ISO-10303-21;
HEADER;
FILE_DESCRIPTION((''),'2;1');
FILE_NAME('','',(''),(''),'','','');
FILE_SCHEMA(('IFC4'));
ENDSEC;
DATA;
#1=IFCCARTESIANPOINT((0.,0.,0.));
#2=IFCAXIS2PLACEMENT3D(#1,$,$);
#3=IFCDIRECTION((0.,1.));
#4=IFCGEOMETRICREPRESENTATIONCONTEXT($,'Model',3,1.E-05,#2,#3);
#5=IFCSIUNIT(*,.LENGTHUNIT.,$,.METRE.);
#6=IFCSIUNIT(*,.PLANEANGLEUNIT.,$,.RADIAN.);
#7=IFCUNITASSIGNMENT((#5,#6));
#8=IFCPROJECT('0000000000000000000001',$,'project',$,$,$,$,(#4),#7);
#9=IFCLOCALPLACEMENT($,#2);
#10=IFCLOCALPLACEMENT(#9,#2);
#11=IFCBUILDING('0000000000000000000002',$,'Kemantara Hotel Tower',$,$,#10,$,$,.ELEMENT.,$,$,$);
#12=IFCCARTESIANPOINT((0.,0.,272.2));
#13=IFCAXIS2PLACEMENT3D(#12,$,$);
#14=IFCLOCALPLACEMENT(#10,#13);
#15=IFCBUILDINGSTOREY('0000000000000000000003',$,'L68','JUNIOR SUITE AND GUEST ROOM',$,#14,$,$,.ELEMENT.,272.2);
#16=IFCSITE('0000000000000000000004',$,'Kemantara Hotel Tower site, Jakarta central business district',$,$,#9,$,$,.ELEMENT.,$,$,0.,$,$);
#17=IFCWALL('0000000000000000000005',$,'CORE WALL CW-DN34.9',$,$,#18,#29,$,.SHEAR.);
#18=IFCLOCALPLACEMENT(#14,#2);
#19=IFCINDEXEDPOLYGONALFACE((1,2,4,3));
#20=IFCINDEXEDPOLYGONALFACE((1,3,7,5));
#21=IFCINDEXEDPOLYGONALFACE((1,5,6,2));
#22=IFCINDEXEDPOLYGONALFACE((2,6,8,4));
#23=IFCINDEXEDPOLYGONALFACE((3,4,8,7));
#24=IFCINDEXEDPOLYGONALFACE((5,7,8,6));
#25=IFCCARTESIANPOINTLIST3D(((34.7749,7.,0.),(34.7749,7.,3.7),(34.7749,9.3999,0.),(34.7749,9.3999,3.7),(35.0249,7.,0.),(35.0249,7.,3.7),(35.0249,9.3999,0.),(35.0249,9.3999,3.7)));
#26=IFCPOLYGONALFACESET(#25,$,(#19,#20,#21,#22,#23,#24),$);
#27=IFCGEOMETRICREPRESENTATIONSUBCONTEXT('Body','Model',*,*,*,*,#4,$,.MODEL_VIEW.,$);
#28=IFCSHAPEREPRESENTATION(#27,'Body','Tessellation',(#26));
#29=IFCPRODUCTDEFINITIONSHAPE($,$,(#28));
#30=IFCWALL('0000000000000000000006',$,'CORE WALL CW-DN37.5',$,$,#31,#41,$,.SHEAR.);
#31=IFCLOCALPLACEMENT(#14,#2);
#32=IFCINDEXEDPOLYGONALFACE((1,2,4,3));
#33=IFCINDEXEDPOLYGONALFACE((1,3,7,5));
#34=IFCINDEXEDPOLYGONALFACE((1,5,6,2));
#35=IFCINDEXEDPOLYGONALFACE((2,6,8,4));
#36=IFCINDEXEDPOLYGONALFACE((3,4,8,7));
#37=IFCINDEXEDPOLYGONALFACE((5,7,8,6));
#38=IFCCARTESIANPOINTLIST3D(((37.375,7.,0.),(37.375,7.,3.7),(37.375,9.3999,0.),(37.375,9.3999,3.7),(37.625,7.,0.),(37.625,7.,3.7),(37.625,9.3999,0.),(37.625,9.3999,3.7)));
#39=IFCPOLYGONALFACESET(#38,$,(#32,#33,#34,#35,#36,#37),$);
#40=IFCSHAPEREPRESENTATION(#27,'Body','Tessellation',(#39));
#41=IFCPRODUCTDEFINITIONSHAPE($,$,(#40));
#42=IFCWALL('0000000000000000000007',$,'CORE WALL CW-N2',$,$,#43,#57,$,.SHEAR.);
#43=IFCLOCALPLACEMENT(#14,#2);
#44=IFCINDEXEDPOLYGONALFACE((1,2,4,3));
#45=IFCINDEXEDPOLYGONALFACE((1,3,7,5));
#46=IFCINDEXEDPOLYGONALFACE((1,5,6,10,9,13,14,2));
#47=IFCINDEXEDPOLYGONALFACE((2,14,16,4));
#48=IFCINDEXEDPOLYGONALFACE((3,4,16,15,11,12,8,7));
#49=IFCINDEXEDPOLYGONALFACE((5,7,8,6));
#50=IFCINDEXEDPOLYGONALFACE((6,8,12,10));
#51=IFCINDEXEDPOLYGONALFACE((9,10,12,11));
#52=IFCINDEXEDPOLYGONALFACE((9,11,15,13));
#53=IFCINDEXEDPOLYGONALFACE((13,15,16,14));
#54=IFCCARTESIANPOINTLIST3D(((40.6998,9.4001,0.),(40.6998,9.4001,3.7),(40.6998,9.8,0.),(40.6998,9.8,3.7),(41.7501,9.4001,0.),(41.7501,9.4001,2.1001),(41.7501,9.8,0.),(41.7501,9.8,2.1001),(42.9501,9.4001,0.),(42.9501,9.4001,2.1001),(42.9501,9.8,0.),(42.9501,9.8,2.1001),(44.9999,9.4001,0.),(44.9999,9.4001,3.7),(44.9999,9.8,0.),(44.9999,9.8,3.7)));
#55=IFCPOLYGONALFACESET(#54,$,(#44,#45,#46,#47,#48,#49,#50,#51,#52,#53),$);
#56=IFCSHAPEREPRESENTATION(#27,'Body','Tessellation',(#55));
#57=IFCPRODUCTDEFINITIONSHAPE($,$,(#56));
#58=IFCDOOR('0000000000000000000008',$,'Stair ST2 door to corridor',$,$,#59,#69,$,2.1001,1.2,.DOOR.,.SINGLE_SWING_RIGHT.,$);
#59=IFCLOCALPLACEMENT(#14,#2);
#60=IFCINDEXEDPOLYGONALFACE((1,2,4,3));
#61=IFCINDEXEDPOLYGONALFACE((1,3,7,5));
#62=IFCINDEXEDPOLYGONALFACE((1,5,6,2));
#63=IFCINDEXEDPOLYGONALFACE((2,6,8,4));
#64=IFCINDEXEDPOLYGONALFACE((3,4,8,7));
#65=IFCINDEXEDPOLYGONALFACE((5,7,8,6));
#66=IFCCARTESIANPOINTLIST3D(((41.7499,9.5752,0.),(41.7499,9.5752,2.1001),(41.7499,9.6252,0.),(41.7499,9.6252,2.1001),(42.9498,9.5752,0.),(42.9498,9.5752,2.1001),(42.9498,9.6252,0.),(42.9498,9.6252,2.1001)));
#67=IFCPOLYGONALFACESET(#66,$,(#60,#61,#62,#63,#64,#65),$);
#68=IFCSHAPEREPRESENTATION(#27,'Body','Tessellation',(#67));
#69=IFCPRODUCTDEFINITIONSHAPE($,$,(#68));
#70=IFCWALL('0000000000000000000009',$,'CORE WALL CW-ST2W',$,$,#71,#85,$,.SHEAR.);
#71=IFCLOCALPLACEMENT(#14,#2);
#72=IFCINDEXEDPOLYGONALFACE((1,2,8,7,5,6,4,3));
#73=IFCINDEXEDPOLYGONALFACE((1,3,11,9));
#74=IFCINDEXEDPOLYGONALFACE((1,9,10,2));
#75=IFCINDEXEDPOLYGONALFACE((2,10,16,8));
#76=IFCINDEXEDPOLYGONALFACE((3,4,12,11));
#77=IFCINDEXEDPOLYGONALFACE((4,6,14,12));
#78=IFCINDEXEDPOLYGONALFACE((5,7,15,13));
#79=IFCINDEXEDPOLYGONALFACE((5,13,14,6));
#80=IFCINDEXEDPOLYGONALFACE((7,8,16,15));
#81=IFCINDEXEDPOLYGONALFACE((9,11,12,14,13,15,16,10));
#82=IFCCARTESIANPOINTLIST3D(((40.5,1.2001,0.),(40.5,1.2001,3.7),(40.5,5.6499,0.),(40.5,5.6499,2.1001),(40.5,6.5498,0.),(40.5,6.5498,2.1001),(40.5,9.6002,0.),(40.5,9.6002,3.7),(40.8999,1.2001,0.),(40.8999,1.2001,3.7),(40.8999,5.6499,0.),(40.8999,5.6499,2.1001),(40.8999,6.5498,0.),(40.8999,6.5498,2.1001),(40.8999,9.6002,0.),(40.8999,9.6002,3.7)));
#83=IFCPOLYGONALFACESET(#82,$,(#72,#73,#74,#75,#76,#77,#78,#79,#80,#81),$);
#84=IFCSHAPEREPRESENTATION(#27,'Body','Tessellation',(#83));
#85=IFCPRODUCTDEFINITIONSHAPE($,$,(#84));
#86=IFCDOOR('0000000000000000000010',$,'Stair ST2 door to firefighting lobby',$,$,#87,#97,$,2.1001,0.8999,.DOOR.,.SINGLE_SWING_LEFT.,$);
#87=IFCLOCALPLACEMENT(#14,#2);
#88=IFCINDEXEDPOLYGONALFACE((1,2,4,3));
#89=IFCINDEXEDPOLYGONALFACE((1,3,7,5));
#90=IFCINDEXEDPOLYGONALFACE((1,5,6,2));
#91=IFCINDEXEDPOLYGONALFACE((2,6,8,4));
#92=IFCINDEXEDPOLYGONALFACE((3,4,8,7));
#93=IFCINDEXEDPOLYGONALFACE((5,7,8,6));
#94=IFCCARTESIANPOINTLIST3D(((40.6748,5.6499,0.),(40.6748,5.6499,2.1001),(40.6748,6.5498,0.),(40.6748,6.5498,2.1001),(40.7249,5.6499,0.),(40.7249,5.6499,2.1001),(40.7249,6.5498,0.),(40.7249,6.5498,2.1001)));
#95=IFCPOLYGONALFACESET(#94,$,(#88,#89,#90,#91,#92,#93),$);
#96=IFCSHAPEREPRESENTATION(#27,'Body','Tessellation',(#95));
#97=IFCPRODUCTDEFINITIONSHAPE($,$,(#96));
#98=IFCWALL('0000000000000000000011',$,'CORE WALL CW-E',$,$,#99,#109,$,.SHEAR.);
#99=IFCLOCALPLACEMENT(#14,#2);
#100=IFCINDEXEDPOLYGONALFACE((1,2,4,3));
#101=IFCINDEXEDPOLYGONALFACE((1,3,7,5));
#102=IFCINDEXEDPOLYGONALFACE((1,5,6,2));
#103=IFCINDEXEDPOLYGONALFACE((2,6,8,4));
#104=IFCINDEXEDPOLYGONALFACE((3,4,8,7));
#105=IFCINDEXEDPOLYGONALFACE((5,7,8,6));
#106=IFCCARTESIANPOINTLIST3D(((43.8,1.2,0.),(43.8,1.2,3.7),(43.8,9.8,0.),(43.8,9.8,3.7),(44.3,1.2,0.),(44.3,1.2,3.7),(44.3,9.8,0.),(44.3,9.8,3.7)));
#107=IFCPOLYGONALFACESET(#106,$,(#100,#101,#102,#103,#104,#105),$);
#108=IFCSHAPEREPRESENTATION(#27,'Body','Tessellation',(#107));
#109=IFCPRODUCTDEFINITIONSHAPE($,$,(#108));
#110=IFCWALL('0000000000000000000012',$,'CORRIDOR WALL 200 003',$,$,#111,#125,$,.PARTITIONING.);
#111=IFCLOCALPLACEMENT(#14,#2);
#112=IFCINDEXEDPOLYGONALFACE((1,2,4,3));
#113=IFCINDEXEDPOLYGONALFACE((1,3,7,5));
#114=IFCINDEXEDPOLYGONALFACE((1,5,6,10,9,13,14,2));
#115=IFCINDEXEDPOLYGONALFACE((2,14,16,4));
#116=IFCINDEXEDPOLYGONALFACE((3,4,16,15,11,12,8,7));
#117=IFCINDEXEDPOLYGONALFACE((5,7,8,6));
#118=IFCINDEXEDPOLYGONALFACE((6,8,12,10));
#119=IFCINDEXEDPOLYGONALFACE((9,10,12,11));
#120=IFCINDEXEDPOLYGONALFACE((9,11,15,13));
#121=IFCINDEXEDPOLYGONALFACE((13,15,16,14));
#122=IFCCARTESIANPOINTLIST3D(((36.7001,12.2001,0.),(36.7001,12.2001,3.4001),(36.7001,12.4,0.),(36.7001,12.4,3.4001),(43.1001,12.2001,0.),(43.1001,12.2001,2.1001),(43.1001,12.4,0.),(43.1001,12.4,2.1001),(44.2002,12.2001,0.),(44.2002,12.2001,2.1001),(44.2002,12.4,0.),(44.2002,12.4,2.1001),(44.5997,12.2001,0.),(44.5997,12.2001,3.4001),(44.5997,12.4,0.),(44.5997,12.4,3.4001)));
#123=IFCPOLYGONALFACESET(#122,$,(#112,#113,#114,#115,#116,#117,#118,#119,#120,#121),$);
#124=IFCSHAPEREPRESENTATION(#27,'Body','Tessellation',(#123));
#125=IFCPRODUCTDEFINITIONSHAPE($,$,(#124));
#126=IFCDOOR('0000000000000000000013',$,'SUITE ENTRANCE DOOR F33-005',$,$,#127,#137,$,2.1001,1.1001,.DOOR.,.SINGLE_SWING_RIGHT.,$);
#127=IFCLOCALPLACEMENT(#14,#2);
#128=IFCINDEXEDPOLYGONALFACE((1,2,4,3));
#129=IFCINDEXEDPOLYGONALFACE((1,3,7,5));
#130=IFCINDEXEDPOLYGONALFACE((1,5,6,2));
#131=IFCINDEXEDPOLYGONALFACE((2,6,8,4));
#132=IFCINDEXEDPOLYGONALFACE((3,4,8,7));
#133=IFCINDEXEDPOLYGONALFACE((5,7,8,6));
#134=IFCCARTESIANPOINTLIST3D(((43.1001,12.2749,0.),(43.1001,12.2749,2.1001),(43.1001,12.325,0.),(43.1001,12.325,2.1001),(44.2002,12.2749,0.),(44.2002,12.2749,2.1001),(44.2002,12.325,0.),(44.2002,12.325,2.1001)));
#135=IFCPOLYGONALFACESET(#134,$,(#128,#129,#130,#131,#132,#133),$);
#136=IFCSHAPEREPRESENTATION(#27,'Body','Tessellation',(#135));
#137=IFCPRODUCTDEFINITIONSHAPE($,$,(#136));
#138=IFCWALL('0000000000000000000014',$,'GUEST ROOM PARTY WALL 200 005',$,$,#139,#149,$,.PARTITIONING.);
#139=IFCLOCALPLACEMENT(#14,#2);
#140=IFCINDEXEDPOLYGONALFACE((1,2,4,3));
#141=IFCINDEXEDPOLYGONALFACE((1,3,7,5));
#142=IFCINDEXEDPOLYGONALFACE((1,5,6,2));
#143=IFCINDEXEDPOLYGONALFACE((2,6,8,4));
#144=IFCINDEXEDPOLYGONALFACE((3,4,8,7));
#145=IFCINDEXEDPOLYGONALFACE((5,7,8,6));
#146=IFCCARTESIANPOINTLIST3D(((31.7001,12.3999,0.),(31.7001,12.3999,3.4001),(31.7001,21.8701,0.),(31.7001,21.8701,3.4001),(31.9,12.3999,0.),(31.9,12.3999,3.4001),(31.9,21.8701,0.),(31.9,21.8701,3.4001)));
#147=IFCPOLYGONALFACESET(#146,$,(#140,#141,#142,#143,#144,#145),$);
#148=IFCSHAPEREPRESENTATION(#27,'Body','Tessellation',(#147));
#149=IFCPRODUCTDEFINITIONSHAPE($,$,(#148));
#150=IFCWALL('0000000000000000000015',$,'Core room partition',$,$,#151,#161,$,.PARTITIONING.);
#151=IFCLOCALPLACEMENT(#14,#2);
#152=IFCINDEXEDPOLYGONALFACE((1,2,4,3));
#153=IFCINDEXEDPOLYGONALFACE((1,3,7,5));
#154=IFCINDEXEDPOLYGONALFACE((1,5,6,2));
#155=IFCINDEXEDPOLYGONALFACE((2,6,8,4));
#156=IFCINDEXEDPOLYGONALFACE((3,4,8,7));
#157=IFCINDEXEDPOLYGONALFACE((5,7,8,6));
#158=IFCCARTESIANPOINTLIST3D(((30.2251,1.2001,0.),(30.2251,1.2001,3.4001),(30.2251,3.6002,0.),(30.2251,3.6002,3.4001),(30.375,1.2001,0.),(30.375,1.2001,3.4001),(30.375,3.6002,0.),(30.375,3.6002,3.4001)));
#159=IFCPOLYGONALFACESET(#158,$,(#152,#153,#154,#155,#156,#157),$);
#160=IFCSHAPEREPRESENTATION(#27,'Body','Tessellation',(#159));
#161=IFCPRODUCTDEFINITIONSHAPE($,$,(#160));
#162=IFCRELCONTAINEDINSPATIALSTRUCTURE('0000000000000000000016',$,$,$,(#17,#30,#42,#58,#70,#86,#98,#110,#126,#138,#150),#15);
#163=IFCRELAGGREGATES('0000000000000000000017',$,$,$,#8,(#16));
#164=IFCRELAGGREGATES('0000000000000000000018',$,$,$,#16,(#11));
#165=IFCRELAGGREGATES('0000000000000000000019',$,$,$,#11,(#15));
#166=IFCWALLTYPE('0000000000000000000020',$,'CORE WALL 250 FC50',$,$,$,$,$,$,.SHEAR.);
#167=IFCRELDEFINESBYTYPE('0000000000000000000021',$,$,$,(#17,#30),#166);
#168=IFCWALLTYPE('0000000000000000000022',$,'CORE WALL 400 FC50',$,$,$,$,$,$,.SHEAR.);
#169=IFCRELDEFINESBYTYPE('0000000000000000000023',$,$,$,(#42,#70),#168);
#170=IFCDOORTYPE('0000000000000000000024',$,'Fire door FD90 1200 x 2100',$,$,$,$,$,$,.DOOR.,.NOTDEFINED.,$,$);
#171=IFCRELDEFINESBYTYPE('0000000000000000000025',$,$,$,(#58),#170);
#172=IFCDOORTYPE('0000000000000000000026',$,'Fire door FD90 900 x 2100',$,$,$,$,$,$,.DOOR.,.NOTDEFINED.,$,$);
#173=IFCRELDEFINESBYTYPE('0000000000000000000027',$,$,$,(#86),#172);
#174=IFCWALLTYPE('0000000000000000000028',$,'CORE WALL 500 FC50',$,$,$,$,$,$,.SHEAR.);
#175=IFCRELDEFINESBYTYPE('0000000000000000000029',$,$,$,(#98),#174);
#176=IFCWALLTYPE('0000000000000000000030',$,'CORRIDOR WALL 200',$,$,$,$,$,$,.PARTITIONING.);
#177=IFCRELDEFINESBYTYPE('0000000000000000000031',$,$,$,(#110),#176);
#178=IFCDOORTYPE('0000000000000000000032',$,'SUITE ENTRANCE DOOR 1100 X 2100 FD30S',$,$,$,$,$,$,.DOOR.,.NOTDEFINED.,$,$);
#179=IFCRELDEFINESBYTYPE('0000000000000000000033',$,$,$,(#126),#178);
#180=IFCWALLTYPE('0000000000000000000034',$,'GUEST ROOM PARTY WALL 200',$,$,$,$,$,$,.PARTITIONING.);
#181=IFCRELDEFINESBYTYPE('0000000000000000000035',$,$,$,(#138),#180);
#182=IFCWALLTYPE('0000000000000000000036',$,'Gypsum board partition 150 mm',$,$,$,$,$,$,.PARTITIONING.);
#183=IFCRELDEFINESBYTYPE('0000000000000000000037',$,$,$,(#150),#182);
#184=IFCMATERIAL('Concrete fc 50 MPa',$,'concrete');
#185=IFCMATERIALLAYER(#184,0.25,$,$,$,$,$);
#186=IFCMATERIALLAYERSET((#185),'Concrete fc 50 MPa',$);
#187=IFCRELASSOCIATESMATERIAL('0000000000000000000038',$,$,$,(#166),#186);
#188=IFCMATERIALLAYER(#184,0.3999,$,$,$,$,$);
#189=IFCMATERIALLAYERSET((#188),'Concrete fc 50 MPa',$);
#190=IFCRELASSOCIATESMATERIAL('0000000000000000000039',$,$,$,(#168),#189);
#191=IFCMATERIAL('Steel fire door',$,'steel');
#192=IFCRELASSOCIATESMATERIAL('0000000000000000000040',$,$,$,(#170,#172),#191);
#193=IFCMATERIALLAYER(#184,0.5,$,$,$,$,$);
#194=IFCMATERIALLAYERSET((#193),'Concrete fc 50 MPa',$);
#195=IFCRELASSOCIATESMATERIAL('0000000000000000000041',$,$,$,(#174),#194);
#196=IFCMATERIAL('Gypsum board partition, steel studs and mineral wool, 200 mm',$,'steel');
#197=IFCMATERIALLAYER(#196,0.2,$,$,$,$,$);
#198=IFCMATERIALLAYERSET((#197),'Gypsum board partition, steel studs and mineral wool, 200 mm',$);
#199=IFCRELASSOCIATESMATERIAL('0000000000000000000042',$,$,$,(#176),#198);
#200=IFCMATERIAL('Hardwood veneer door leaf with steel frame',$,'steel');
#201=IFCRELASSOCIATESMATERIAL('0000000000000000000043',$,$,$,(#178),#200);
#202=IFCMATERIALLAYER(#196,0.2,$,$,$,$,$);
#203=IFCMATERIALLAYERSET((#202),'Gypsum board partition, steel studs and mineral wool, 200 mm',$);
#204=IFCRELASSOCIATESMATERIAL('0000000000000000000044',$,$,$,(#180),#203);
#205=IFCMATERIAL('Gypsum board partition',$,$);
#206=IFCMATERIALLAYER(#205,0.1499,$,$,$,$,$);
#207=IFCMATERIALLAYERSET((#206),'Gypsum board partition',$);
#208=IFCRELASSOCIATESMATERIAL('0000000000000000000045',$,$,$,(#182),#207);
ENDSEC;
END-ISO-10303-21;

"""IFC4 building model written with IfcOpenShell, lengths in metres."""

from ifc_helpers import new_model, si_unit, direction, frame, frame_2d, origin, place, context, subcontext, project, spatial, rectangle, extrude, material, layer, layer_set, type_object, element, fill, save


model = new_model("IFC4")

# Units and contexts
model_context = context("Model", 3, precision=1e-05, world=origin(), true_north=direction((0.0, 1.0)))
body_context = subcontext(model_context, "Body", "Model", "MODEL_VIEW")
ifc_project = project(units=[si_unit("LENGTHUNIT", "METRE"), si_unit("PLANEANGLEUNIT", "RADIAN")], contexts=[model_context])

# Site, building, storey
site_placement = place(None, origin())
site = spatial("IfcSite", under=ifc_project, at=site_placement, Name="Kemantara Hotel Tower site, Jakarta central business district", CompositionType="ELEMENT", RefElevation=0.0)
building_placement = place(site_placement, origin())
building = spatial("IfcBuilding", under=site, at=building_placement, Name="Kemantara Hotel Tower", CompositionType="ELEMENT")
storey_placement = place(building_placement, frame((0.0, 0.0, 272.2)))
storey = spatial("IfcBuildingStorey", under=building, at=storey_placement, Name="L68", Description="JUNIOR SUITE AND GUEST ROOM", CompositionType="ELEMENT", Elevation=272.2)

# Shared definitions
ifc_material_1 = material(Name="Concrete fc 50 MPa", Category="concrete")

# Walls
ifc_layer_1 = layer(ifc_material_1, 0.25)
ifc_layer_set_1 = layer_set([ifc_layer_1], Name="Concrete fc 50 MPa")
wall_type_1 = type_object("IfcWallType", Name="CORE WALL 250 FC50", PredefinedType="SHEAR", material=ifc_layer_set_1)
for number, where, z_axis, x_axis, name in (
    (1, (34.8999, 7.0, 0.0), (0.0, 0.0, 1.0), (0.0, 1.0, 0.0), "CORE WALL CW-DN34.9"),
    (2, (37.5, 7.0, 0.0), (0.0, 0.0, 1.0), (0.0, 1.0, 0.0), "CORE WALL CW-DN37.5"),
):
    element("IfcWall", number, at=place(storey_placement, frame(where, z_axis=z_axis, x_axis=x_axis)), inside=storey, type_object=wall_type_1, Name=name, PredefinedType="SHEAR", context=body_context, shape_type="SweptSolid", body=[
        extrude(rectangle(XDim=2.3999, YDim=0.25, at=frame_2d((1.2, 0.0))), origin(), (0.0, 0.0, 1.0), 3.7),
    ])

# Walls, openings, doors
ifc_layer_2 = layer(ifc_material_1, 0.3999)
ifc_layer_set_2 = layer_set([ifc_layer_2], Name="Concrete fc 50 MPa")
wall_type_2 = type_object("IfcWallType", Name="CORE WALL 400 FC50", PredefinedType="SHEAR", material=ifc_layer_set_2)
wall_1_placement = place(storey_placement, frame((40.7, 9.6001, 0.0), z_axis=(0.0, 0.0, 1.0), x_axis=(1.0, 0.0, 0.0)))
wall_1 = element("IfcWall", 3, at=wall_1_placement, inside=storey, type_object=wall_type_2, Name="CORE WALL CW-N2", PredefinedType="SHEAR", context=body_context, shape_type="SweptSolid", body=[
    extrude(rectangle(XDim=4.3, YDim=0.3999, at=frame_2d((2.1499, 0.0))), origin(), (0.0, 0.0, 1.0), 3.7),
])
opening_1_placement = place(wall_1_placement, frame((1.05, 0.0, 0.0)))
opening_1 = element("IfcOpeningElement", 4, at=opening_1_placement, cuts=wall_1, PredefinedType="OPENING", context=body_context, shape_type="SweptSolid", body=[
    extrude(rectangle(XDim=1.2, YDim=2.1001, at=frame_2d((0.6001, 1.05))), frame((0.0, 0.21, 0.0), z_axis=(0.0, -1.0, 0.0), x_axis=(1.0, 0.0, 0.0)), (0.0, 0.0, 1.0), 0.4199),
])
ifc_material_2 = material(Name="Steel fire door", Category="steel")
door_type_1 = type_object("IfcDoorType", Name="Fire door FD90 1200 x 2100", OperationType="NOTDEFINED", PredefinedType="DOOR", material=ifc_material_2)
door_1_placement = place(opening_1_placement, frame((1.2, 0.0, 0.0), z_axis=(0.0, 0.0, 1.0), x_axis=(-1.0, 0.0, 0.0)))
door_1 = element("IfcDoor", 5, at=door_1_placement, inside=storey, type_object=door_type_1, Name="Stair ST2 door to corridor", OperationType="SINGLE_SWING_RIGHT", OverallHeight=2.1001, OverallWidth=1.2, PredefinedType="DOOR", context=body_context, shape_type="SweptSolid", body=[
    extrude(rectangle(XDim=1.2, YDim=2.1001, at=frame_2d((0.6001, 1.05))), frame((0.0, 0.0249, 0.0), z_axis=(0.0, -1.0, 0.0), x_axis=(1.0, 0.0, 0.0)), (0.0, 0.0, 1.0), 0.05),
])
fill(opening_1, door_1)
wall_2_placement = place(storey_placement, frame((40.7, 1.2, 0.0), z_axis=(0.0, 0.0, 1.0), x_axis=(0.0, 1.0, 0.0)))
wall_2 = element("IfcWall", 6, at=wall_2_placement, inside=storey, type_object=wall_type_2, Name="CORE WALL CW-ST2W", PredefinedType="SHEAR", context=body_context, shape_type="SweptSolid", body=[
    extrude(rectangle(XDim=8.4001, YDim=0.3999, at=frame_2d((4.2002, 0.0))), origin(), (0.0, 0.0, 1.0), 3.7),
])
opening_2_placement = place(wall_2_placement, frame((4.45, 0.0, 0.0)))
opening_2 = element("IfcOpeningElement", 7, at=opening_2_placement, cuts=wall_2, PredefinedType="OPENING", context=body_context, shape_type="SweptSolid", body=[
    extrude(rectangle(XDim=0.8999, YDim=2.1001, at=frame_2d((0.45, 1.05))), frame((0.0, 0.21, 0.0), z_axis=(0.0, -1.0, 0.0), x_axis=(1.0, 0.0, 0.0)), (0.0, 0.0, 1.0), 0.4199),
])
door_type_2 = type_object("IfcDoorType", Name="Fire door FD90 900 x 2100", OperationType="NOTDEFINED", PredefinedType="DOOR", material=ifc_material_2)
door_2_placement = place(opening_2_placement, frame((0.8999, 0.0, 0.0), z_axis=(0.0, 0.0, 1.0), x_axis=(-1.0, 0.0, 0.0)))
door_2 = element("IfcDoor", 8, at=door_2_placement, inside=storey, type_object=door_type_2, Name="Stair ST2 door to firefighting lobby", OperationType="SINGLE_SWING_LEFT", OverallHeight=2.1001, OverallWidth=0.8999, PredefinedType="DOOR", context=body_context, shape_type="SweptSolid", body=[
    extrude(rectangle(XDim=0.8999, YDim=2.1001, at=frame_2d((0.45, 1.05))), frame((0.0, 0.0249, 0.0), z_axis=(0.0, -1.0, 0.0), x_axis=(1.0, 0.0, 0.0)), (0.0, 0.0, 1.0), 0.05),
])
fill(opening_2, door_2)

# Wall
ifc_layer_3 = layer(ifc_material_1, 0.5)
ifc_layer_set_3 = layer_set([ifc_layer_3], Name="Concrete fc 50 MPa")
wall_type_3 = type_object("IfcWallType", Name="CORE WALL 500 FC50", PredefinedType="SHEAR", material=ifc_layer_set_3)
wall_3_placement = place(storey_placement, frame((44.05, 1.2, 0.0), z_axis=(0.0, 0.0, 1.0), x_axis=(0.0, 1.0, 0.0)))
element("IfcWall", 9, at=wall_3_placement, inside=storey, type_object=wall_type_3, Name="CORE WALL CW-E", PredefinedType="SHEAR", context=body_context, shape_type="SweptSolid", body=[
    extrude(rectangle(XDim=8.6001, YDim=0.5, at=frame_2d((4.3, 0.0))), origin(), (0.0, 0.0, 1.0), 3.7),
])

# Wall, opening, door
ifc_material_3 = material(Name="Gypsum board partition, steel studs and mineral wool, 200 mm", Category="steel")
ifc_layer_4 = layer(ifc_material_3, 0.2)
ifc_layer_set_4 = layer_set([ifc_layer_4], Name="Gypsum board partition, steel studs and mineral wool, 200 mm")
wall_type_4 = type_object("IfcWallType", Name="CORRIDOR WALL 200", PredefinedType="PARTITIONING", material=ifc_layer_set_4)
wall_4_placement = place(storey_placement, frame((36.7002, 12.3, 0.0), z_axis=(0.0, 0.0, 1.0), x_axis=(1.0, 0.0, 0.0)))
wall_4 = element("IfcWall", 10, at=wall_4_placement, inside=storey, type_object=wall_type_4, Name="CORRIDOR WALL 200 003", PredefinedType="PARTITIONING", context=body_context, shape_type="SweptSolid", body=[
    extrude(rectangle(XDim=7.8997, YDim=0.2, at=frame_2d((3.9497, 0.0))), origin(), (0.0, 0.0, 1.0), 3.4001),
])
opening_3_placement = place(wall_4_placement, frame((6.3999, 0.0, 0.0)))
opening_3 = element("IfcOpeningElement", 11, at=opening_3_placement, cuts=wall_4, PredefinedType="OPENING", context=body_context, shape_type="SweptSolid", body=[
    extrude(rectangle(XDim=1.1001, YDim=2.1001, at=frame_2d((0.55, 1.05))), frame((0.0, 0.1099, 0.0), z_axis=(0.0, -1.0, 0.0), x_axis=(1.0, 0.0, 0.0)), (0.0, 0.0, 1.0), 0.22),
])
ifc_material_4 = material(Name="Hardwood veneer door leaf with steel frame", Category="steel")
door_type_3 = type_object("IfcDoorType", Name="SUITE ENTRANCE DOOR 1100 X 2100 FD30S", OperationType="NOTDEFINED", PredefinedType="DOOR", material=ifc_material_4)
door_3_placement = place(opening_3_placement, origin())
door_3 = element("IfcDoor", 12, at=door_3_placement, inside=storey, type_object=door_type_3, Name="SUITE ENTRANCE DOOR F33-005", OperationType="SINGLE_SWING_RIGHT", OverallHeight=2.1001, OverallWidth=1.1001, PredefinedType="DOOR", context=body_context, shape_type="SweptSolid", body=[
    extrude(rectangle(XDim=1.1001, YDim=2.1001, at=frame_2d((0.55, 1.05))), frame((0.0, 0.0249, 0.0), z_axis=(0.0, -1.0, 0.0), x_axis=(1.0, 0.0, 0.0)), (0.0, 0.0, 1.0), 0.05),
])
fill(opening_3, door_3)

# Walls
ifc_layer_5 = layer(ifc_material_3, 0.2)
ifc_layer_set_5 = layer_set([ifc_layer_5], Name="Gypsum board partition, steel studs and mineral wool, 200 mm")
wall_type_5 = type_object("IfcWallType", Name="GUEST ROOM PARTY WALL 200", PredefinedType="PARTITIONING", material=ifc_layer_set_5)
wall_5_placement = place(storey_placement, frame((31.8, 12.3999, 0.0), z_axis=(0.0, 0.0, 1.0), x_axis=(0.0, 1.0, 0.0)))
element("IfcWall", 13, at=wall_5_placement, inside=storey, type_object=wall_type_5, Name="GUEST ROOM PARTY WALL 200 005", PredefinedType="PARTITIONING", context=body_context, shape_type="SweptSolid", body=[
    extrude(rectangle(XDim=9.4702, YDim=0.2, at=frame_2d((4.7351, 0.0))), origin(), (0.0, 0.0, 1.0), 3.4001),
])
ifc_material_5 = material(Name="Gypsum board partition")
ifc_layer_6 = layer(ifc_material_5, 0.1499)
ifc_layer_set_6 = layer_set([ifc_layer_6], Name="Gypsum board partition")
wall_type_6 = type_object("IfcWallType", Name="Gypsum board partition 150 mm", PredefinedType="PARTITIONING", material=ifc_layer_set_6)
wall_6_placement = place(storey_placement, frame((30.3, 1.2, 0.0), z_axis=(0.0, 0.0, 1.0), x_axis=(0.0, 1.0, 0.0)))
element("IfcWall", 14, at=wall_6_placement, inside=storey, type_object=wall_type_6, Name="Core room partition", PredefinedType="PARTITIONING", context=body_context, shape_type="SweptSolid", body=[
    extrude(rectangle(XDim=2.4001, YDim=0.1499, at=frame_2d((1.2002, 0.0))), origin(), (0.0, 0.0, 1.0), 3.4001),
])

save(model, "model.ifc")
